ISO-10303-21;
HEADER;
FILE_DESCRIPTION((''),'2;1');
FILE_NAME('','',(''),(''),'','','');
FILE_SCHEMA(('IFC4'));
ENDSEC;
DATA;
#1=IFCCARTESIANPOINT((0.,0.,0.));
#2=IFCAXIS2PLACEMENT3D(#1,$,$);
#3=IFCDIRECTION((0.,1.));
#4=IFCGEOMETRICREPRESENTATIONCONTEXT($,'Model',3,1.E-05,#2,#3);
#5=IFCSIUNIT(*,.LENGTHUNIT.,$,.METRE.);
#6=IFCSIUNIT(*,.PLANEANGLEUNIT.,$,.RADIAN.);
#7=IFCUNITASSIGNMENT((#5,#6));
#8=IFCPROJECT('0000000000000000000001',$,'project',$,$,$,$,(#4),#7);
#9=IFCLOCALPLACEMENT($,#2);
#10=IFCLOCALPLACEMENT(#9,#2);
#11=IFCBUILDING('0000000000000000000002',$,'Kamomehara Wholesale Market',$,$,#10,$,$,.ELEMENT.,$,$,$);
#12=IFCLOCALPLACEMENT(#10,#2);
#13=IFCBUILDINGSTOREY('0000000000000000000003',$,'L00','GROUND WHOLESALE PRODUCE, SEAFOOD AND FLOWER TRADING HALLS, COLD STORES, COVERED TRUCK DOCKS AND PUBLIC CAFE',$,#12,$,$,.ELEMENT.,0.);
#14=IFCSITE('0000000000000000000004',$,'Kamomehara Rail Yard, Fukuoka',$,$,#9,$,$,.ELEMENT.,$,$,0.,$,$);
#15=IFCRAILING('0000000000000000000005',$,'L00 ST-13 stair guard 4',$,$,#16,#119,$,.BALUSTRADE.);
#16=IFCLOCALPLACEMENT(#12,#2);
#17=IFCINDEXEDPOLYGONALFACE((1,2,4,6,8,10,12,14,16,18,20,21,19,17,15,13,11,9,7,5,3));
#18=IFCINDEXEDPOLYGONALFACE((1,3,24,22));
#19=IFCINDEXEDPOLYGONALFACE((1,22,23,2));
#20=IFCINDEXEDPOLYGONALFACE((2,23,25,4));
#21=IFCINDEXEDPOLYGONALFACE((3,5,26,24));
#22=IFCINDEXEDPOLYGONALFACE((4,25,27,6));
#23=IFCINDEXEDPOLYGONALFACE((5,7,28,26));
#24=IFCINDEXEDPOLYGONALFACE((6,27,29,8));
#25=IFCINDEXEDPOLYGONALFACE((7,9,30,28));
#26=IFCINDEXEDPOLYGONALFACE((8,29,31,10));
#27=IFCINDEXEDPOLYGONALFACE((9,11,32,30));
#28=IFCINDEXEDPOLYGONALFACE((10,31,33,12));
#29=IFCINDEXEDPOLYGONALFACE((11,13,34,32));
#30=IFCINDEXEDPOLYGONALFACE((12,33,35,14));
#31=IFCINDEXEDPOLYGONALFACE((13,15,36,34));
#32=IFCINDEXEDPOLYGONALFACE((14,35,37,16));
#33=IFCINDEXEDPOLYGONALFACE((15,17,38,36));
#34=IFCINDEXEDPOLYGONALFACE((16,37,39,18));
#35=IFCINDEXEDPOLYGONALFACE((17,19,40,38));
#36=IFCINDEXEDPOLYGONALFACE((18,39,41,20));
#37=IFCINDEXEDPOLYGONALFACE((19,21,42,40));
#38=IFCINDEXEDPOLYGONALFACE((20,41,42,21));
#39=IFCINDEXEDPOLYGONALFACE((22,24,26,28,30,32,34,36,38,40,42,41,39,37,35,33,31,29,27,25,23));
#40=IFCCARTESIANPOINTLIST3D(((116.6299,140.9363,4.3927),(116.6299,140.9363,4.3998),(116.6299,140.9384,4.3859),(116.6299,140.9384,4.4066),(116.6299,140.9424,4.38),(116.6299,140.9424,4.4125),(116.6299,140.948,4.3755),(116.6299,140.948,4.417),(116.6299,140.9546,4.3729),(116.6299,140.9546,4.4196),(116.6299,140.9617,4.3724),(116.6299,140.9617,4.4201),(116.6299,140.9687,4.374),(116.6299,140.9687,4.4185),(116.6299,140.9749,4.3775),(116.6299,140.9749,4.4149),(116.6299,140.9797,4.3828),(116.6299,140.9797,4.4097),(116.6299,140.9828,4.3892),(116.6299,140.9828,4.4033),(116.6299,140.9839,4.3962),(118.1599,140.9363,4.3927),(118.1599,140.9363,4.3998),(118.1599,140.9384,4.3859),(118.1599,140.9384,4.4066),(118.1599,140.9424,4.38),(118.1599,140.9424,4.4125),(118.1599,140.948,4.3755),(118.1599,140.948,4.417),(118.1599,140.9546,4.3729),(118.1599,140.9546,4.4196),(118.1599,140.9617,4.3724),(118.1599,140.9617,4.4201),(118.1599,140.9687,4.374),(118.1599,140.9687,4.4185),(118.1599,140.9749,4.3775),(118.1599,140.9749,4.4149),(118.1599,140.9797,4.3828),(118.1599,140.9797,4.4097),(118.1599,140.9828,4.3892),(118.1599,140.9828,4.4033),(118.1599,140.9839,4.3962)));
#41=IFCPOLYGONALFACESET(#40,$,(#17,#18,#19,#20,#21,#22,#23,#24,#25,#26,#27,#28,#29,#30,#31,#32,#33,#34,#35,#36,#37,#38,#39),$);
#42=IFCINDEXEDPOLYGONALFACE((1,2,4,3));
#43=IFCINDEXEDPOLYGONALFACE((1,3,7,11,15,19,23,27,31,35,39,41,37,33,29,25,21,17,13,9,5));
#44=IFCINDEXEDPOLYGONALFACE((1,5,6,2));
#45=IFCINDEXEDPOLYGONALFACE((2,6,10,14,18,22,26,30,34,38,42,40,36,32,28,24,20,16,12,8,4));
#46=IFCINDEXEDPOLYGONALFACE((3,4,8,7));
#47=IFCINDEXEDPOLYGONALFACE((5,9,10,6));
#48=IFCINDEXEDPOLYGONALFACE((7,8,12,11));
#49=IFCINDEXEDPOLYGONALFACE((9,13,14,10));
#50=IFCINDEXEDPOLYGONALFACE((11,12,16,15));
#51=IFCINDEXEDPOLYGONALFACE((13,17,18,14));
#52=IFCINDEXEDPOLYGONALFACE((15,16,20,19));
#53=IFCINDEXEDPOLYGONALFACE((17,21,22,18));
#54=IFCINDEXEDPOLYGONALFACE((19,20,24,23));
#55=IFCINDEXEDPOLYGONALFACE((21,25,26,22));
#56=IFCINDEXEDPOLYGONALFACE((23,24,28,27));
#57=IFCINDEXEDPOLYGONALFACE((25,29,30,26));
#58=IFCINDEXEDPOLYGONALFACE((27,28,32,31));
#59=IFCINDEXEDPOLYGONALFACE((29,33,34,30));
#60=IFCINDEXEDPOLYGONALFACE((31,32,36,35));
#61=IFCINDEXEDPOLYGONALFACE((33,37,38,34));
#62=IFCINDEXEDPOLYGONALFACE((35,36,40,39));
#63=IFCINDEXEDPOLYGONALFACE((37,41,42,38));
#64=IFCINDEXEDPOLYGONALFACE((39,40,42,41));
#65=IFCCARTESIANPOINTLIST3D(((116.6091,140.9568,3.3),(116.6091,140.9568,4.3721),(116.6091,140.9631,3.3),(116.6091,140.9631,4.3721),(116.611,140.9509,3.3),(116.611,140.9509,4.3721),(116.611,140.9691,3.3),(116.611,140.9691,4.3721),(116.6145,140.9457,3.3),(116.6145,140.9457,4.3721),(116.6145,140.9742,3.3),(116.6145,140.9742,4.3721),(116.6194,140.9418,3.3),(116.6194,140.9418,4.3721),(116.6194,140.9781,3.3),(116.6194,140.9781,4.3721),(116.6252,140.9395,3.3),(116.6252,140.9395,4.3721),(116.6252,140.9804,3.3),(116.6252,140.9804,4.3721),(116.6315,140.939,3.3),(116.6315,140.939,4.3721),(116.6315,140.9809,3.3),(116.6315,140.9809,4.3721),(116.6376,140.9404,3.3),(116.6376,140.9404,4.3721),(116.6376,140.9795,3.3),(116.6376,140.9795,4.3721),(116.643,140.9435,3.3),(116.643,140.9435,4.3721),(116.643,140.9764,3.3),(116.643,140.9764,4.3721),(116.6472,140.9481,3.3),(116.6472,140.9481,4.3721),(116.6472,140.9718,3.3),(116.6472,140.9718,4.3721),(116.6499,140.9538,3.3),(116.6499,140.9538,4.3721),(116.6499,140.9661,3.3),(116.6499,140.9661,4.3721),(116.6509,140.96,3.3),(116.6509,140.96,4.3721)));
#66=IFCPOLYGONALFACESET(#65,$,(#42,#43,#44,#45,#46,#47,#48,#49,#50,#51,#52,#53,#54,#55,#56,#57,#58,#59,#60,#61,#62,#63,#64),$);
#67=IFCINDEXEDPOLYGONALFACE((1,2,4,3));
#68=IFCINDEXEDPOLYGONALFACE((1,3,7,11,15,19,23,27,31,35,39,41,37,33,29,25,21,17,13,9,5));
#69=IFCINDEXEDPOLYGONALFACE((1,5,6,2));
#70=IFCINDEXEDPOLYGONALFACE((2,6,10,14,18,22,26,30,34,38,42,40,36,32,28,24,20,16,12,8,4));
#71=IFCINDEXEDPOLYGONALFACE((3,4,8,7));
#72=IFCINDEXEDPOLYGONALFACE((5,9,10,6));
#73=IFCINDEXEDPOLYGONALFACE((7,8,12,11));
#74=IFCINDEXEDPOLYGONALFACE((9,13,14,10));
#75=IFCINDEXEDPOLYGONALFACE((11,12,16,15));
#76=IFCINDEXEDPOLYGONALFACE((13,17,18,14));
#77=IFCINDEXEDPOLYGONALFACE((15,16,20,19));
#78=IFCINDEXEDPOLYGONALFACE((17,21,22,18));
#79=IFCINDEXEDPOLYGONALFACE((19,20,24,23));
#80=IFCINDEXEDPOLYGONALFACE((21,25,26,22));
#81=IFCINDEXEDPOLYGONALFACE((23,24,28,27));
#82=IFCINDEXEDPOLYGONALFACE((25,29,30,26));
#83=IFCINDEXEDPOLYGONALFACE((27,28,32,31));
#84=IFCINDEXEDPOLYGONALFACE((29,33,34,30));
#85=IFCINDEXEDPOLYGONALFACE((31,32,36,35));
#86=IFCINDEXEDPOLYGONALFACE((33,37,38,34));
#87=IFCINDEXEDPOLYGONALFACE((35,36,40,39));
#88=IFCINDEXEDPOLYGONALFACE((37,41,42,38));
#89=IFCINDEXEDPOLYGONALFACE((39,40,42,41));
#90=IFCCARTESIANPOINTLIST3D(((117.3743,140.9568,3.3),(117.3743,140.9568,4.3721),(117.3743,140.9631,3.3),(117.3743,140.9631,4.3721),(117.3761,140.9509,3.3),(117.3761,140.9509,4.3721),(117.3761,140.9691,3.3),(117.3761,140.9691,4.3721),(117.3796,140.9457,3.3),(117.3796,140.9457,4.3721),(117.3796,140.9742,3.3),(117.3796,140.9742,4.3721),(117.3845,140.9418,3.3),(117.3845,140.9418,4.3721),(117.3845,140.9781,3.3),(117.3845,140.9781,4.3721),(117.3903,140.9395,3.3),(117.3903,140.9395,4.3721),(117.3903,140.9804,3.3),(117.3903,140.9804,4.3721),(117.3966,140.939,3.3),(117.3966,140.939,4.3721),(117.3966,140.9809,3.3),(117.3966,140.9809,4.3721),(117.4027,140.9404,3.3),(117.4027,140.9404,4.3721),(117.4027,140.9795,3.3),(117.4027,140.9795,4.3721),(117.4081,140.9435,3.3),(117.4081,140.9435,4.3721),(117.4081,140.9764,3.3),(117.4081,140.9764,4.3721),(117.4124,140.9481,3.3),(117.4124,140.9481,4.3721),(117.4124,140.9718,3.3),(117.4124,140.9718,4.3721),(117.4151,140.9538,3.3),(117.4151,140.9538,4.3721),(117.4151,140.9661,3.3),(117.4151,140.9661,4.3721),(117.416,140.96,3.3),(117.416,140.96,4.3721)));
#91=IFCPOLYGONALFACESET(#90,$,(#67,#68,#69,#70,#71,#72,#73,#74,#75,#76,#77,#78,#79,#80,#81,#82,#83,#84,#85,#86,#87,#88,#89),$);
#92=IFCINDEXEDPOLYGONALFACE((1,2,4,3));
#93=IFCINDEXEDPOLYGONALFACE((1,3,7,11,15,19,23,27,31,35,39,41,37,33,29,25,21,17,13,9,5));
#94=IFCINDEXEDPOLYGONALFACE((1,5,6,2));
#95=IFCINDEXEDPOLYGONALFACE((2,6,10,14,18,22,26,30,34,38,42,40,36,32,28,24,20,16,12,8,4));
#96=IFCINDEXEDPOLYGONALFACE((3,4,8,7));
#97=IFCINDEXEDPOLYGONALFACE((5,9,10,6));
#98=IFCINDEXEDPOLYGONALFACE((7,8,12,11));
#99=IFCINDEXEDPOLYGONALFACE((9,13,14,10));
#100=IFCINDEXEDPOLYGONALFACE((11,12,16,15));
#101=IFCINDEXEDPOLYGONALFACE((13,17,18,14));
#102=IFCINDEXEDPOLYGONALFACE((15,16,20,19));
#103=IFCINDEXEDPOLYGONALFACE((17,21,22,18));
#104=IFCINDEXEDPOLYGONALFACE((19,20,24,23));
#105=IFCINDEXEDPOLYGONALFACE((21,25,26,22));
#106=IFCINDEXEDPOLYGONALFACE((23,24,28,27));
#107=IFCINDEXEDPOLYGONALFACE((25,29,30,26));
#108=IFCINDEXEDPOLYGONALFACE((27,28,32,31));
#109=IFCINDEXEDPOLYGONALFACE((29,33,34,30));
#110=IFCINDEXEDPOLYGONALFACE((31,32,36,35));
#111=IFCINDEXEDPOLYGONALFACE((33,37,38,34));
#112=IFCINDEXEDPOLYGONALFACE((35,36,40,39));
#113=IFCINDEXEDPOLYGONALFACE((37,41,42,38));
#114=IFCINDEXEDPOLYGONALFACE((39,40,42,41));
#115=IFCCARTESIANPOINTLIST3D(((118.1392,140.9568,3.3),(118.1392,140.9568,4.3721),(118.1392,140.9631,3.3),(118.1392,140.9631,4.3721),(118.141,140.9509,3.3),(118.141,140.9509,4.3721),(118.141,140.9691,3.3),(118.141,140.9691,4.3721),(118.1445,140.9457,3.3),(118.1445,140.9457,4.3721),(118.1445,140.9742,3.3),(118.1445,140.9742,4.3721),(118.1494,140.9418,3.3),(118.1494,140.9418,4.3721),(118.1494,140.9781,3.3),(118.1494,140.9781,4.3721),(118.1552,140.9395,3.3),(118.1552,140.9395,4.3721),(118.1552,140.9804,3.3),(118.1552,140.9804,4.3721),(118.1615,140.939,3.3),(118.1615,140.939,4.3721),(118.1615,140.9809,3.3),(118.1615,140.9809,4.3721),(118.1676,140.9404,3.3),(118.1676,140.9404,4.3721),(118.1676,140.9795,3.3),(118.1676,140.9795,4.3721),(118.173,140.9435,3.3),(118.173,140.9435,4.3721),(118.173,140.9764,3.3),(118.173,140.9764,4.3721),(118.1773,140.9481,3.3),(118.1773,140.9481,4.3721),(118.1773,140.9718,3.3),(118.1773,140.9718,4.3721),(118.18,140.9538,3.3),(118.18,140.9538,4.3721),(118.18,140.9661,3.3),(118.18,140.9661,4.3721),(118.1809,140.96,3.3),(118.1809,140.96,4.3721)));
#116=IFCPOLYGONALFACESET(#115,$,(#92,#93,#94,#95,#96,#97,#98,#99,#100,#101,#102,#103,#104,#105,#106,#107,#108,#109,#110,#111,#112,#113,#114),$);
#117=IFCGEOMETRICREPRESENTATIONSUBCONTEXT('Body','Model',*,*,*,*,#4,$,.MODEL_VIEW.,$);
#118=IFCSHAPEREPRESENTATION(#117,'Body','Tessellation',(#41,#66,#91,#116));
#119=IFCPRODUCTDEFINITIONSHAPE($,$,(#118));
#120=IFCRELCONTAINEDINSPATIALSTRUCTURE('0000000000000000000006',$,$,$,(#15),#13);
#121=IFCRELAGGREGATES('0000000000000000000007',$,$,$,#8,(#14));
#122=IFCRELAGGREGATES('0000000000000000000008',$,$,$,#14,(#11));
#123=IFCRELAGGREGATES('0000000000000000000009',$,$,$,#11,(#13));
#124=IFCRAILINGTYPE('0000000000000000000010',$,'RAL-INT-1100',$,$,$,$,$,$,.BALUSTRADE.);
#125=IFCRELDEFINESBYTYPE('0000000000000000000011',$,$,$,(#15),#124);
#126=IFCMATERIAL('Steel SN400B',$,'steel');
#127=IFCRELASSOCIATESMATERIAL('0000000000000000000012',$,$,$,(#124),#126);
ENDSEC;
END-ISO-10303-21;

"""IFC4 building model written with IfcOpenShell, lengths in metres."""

from ifc_helpers import new_model, si_unit, direction, frame, origin, origin_2d, place, context, subcontext, project, spatial, circle, extrude, material, type_object, element, save


model = new_model("IFC4")

# Units and contexts
model_context = context("Model", 3, precision=1e-05, world=origin(), true_north=direction((0.0, 1.0)))
body_context = subcontext(model_context, "Body", "Model", "MODEL_VIEW")
ifc_project = project(units=[si_unit("LENGTHUNIT", "METRE"), si_unit("PLANEANGLEUNIT", "RADIAN")], contexts=[model_context])

# Site, building, storey
site_placement = place(None, origin())
site = spatial("IfcSite", under=ifc_project, at=site_placement, Name="Kamomehara Rail Yard, Fukuoka", CompositionType="ELEMENT", RefElevation=0.0)
building_placement = place(site_placement, origin())
building = spatial("IfcBuilding", under=site, at=building_placement, Name="Kamomehara Wholesale Market", CompositionType="ELEMENT")
storey_placement = place(building_placement, origin())
storey = spatial("IfcBuildingStorey", under=building, at=storey_placement, Name="L00", Description="GROUND WHOLESALE PRODUCE, SEAFOOD AND FLOWER TRADING HALLS, COLD STORES, COVERED TRUCK DOCKS AND PUBLIC CAFE", CompositionType="ELEMENT", Elevation=0.0)

# Railing
ifc_material_1 = material(Name="Steel SN400B", Category="steel")
railing_type_1 = type_object("IfcRailingType", Name="RAL-INT-1100", PredefinedType="BALUSTRADE", material=ifc_material_1)
railing_1_placement = place(storey_placement, frame((116.6299, 140.96, 3.3)))
element("IfcRailing", 1, at=railing_1_placement, inside=storey, type_object=railing_type_1, Name="L00 ST-13 stair guard 4", PredefinedType="BALUSTRADE", context=body_context, shape_type="SweptSolid", body=[
    extrude(circle(Radius=0.0239, at=origin_2d()), frame((0.0, 0.0, 1.0962), z_axis=(1.0, 0.0, 0.0), x_axis=(0.0, 1.0, 0.0)), (0.0, 0.0, 1.0), 1.53),
    extrude(circle(Radius=0.021, at=origin_2d()), origin(), (0.0, 0.0, 1.0), 1.072),
    extrude(circle(Radius=0.021, at=origin_2d()), frame((0.7651, 0.0, 0.0)), (0.0, 0.0, 1.0), 1.072),
    extrude(circle(Radius=0.021, at=origin_2d()), frame((1.53, 0.0, 0.0)), (0.0, 0.0, 1.0), 1.072),
])

save(model, "model.ifc")
